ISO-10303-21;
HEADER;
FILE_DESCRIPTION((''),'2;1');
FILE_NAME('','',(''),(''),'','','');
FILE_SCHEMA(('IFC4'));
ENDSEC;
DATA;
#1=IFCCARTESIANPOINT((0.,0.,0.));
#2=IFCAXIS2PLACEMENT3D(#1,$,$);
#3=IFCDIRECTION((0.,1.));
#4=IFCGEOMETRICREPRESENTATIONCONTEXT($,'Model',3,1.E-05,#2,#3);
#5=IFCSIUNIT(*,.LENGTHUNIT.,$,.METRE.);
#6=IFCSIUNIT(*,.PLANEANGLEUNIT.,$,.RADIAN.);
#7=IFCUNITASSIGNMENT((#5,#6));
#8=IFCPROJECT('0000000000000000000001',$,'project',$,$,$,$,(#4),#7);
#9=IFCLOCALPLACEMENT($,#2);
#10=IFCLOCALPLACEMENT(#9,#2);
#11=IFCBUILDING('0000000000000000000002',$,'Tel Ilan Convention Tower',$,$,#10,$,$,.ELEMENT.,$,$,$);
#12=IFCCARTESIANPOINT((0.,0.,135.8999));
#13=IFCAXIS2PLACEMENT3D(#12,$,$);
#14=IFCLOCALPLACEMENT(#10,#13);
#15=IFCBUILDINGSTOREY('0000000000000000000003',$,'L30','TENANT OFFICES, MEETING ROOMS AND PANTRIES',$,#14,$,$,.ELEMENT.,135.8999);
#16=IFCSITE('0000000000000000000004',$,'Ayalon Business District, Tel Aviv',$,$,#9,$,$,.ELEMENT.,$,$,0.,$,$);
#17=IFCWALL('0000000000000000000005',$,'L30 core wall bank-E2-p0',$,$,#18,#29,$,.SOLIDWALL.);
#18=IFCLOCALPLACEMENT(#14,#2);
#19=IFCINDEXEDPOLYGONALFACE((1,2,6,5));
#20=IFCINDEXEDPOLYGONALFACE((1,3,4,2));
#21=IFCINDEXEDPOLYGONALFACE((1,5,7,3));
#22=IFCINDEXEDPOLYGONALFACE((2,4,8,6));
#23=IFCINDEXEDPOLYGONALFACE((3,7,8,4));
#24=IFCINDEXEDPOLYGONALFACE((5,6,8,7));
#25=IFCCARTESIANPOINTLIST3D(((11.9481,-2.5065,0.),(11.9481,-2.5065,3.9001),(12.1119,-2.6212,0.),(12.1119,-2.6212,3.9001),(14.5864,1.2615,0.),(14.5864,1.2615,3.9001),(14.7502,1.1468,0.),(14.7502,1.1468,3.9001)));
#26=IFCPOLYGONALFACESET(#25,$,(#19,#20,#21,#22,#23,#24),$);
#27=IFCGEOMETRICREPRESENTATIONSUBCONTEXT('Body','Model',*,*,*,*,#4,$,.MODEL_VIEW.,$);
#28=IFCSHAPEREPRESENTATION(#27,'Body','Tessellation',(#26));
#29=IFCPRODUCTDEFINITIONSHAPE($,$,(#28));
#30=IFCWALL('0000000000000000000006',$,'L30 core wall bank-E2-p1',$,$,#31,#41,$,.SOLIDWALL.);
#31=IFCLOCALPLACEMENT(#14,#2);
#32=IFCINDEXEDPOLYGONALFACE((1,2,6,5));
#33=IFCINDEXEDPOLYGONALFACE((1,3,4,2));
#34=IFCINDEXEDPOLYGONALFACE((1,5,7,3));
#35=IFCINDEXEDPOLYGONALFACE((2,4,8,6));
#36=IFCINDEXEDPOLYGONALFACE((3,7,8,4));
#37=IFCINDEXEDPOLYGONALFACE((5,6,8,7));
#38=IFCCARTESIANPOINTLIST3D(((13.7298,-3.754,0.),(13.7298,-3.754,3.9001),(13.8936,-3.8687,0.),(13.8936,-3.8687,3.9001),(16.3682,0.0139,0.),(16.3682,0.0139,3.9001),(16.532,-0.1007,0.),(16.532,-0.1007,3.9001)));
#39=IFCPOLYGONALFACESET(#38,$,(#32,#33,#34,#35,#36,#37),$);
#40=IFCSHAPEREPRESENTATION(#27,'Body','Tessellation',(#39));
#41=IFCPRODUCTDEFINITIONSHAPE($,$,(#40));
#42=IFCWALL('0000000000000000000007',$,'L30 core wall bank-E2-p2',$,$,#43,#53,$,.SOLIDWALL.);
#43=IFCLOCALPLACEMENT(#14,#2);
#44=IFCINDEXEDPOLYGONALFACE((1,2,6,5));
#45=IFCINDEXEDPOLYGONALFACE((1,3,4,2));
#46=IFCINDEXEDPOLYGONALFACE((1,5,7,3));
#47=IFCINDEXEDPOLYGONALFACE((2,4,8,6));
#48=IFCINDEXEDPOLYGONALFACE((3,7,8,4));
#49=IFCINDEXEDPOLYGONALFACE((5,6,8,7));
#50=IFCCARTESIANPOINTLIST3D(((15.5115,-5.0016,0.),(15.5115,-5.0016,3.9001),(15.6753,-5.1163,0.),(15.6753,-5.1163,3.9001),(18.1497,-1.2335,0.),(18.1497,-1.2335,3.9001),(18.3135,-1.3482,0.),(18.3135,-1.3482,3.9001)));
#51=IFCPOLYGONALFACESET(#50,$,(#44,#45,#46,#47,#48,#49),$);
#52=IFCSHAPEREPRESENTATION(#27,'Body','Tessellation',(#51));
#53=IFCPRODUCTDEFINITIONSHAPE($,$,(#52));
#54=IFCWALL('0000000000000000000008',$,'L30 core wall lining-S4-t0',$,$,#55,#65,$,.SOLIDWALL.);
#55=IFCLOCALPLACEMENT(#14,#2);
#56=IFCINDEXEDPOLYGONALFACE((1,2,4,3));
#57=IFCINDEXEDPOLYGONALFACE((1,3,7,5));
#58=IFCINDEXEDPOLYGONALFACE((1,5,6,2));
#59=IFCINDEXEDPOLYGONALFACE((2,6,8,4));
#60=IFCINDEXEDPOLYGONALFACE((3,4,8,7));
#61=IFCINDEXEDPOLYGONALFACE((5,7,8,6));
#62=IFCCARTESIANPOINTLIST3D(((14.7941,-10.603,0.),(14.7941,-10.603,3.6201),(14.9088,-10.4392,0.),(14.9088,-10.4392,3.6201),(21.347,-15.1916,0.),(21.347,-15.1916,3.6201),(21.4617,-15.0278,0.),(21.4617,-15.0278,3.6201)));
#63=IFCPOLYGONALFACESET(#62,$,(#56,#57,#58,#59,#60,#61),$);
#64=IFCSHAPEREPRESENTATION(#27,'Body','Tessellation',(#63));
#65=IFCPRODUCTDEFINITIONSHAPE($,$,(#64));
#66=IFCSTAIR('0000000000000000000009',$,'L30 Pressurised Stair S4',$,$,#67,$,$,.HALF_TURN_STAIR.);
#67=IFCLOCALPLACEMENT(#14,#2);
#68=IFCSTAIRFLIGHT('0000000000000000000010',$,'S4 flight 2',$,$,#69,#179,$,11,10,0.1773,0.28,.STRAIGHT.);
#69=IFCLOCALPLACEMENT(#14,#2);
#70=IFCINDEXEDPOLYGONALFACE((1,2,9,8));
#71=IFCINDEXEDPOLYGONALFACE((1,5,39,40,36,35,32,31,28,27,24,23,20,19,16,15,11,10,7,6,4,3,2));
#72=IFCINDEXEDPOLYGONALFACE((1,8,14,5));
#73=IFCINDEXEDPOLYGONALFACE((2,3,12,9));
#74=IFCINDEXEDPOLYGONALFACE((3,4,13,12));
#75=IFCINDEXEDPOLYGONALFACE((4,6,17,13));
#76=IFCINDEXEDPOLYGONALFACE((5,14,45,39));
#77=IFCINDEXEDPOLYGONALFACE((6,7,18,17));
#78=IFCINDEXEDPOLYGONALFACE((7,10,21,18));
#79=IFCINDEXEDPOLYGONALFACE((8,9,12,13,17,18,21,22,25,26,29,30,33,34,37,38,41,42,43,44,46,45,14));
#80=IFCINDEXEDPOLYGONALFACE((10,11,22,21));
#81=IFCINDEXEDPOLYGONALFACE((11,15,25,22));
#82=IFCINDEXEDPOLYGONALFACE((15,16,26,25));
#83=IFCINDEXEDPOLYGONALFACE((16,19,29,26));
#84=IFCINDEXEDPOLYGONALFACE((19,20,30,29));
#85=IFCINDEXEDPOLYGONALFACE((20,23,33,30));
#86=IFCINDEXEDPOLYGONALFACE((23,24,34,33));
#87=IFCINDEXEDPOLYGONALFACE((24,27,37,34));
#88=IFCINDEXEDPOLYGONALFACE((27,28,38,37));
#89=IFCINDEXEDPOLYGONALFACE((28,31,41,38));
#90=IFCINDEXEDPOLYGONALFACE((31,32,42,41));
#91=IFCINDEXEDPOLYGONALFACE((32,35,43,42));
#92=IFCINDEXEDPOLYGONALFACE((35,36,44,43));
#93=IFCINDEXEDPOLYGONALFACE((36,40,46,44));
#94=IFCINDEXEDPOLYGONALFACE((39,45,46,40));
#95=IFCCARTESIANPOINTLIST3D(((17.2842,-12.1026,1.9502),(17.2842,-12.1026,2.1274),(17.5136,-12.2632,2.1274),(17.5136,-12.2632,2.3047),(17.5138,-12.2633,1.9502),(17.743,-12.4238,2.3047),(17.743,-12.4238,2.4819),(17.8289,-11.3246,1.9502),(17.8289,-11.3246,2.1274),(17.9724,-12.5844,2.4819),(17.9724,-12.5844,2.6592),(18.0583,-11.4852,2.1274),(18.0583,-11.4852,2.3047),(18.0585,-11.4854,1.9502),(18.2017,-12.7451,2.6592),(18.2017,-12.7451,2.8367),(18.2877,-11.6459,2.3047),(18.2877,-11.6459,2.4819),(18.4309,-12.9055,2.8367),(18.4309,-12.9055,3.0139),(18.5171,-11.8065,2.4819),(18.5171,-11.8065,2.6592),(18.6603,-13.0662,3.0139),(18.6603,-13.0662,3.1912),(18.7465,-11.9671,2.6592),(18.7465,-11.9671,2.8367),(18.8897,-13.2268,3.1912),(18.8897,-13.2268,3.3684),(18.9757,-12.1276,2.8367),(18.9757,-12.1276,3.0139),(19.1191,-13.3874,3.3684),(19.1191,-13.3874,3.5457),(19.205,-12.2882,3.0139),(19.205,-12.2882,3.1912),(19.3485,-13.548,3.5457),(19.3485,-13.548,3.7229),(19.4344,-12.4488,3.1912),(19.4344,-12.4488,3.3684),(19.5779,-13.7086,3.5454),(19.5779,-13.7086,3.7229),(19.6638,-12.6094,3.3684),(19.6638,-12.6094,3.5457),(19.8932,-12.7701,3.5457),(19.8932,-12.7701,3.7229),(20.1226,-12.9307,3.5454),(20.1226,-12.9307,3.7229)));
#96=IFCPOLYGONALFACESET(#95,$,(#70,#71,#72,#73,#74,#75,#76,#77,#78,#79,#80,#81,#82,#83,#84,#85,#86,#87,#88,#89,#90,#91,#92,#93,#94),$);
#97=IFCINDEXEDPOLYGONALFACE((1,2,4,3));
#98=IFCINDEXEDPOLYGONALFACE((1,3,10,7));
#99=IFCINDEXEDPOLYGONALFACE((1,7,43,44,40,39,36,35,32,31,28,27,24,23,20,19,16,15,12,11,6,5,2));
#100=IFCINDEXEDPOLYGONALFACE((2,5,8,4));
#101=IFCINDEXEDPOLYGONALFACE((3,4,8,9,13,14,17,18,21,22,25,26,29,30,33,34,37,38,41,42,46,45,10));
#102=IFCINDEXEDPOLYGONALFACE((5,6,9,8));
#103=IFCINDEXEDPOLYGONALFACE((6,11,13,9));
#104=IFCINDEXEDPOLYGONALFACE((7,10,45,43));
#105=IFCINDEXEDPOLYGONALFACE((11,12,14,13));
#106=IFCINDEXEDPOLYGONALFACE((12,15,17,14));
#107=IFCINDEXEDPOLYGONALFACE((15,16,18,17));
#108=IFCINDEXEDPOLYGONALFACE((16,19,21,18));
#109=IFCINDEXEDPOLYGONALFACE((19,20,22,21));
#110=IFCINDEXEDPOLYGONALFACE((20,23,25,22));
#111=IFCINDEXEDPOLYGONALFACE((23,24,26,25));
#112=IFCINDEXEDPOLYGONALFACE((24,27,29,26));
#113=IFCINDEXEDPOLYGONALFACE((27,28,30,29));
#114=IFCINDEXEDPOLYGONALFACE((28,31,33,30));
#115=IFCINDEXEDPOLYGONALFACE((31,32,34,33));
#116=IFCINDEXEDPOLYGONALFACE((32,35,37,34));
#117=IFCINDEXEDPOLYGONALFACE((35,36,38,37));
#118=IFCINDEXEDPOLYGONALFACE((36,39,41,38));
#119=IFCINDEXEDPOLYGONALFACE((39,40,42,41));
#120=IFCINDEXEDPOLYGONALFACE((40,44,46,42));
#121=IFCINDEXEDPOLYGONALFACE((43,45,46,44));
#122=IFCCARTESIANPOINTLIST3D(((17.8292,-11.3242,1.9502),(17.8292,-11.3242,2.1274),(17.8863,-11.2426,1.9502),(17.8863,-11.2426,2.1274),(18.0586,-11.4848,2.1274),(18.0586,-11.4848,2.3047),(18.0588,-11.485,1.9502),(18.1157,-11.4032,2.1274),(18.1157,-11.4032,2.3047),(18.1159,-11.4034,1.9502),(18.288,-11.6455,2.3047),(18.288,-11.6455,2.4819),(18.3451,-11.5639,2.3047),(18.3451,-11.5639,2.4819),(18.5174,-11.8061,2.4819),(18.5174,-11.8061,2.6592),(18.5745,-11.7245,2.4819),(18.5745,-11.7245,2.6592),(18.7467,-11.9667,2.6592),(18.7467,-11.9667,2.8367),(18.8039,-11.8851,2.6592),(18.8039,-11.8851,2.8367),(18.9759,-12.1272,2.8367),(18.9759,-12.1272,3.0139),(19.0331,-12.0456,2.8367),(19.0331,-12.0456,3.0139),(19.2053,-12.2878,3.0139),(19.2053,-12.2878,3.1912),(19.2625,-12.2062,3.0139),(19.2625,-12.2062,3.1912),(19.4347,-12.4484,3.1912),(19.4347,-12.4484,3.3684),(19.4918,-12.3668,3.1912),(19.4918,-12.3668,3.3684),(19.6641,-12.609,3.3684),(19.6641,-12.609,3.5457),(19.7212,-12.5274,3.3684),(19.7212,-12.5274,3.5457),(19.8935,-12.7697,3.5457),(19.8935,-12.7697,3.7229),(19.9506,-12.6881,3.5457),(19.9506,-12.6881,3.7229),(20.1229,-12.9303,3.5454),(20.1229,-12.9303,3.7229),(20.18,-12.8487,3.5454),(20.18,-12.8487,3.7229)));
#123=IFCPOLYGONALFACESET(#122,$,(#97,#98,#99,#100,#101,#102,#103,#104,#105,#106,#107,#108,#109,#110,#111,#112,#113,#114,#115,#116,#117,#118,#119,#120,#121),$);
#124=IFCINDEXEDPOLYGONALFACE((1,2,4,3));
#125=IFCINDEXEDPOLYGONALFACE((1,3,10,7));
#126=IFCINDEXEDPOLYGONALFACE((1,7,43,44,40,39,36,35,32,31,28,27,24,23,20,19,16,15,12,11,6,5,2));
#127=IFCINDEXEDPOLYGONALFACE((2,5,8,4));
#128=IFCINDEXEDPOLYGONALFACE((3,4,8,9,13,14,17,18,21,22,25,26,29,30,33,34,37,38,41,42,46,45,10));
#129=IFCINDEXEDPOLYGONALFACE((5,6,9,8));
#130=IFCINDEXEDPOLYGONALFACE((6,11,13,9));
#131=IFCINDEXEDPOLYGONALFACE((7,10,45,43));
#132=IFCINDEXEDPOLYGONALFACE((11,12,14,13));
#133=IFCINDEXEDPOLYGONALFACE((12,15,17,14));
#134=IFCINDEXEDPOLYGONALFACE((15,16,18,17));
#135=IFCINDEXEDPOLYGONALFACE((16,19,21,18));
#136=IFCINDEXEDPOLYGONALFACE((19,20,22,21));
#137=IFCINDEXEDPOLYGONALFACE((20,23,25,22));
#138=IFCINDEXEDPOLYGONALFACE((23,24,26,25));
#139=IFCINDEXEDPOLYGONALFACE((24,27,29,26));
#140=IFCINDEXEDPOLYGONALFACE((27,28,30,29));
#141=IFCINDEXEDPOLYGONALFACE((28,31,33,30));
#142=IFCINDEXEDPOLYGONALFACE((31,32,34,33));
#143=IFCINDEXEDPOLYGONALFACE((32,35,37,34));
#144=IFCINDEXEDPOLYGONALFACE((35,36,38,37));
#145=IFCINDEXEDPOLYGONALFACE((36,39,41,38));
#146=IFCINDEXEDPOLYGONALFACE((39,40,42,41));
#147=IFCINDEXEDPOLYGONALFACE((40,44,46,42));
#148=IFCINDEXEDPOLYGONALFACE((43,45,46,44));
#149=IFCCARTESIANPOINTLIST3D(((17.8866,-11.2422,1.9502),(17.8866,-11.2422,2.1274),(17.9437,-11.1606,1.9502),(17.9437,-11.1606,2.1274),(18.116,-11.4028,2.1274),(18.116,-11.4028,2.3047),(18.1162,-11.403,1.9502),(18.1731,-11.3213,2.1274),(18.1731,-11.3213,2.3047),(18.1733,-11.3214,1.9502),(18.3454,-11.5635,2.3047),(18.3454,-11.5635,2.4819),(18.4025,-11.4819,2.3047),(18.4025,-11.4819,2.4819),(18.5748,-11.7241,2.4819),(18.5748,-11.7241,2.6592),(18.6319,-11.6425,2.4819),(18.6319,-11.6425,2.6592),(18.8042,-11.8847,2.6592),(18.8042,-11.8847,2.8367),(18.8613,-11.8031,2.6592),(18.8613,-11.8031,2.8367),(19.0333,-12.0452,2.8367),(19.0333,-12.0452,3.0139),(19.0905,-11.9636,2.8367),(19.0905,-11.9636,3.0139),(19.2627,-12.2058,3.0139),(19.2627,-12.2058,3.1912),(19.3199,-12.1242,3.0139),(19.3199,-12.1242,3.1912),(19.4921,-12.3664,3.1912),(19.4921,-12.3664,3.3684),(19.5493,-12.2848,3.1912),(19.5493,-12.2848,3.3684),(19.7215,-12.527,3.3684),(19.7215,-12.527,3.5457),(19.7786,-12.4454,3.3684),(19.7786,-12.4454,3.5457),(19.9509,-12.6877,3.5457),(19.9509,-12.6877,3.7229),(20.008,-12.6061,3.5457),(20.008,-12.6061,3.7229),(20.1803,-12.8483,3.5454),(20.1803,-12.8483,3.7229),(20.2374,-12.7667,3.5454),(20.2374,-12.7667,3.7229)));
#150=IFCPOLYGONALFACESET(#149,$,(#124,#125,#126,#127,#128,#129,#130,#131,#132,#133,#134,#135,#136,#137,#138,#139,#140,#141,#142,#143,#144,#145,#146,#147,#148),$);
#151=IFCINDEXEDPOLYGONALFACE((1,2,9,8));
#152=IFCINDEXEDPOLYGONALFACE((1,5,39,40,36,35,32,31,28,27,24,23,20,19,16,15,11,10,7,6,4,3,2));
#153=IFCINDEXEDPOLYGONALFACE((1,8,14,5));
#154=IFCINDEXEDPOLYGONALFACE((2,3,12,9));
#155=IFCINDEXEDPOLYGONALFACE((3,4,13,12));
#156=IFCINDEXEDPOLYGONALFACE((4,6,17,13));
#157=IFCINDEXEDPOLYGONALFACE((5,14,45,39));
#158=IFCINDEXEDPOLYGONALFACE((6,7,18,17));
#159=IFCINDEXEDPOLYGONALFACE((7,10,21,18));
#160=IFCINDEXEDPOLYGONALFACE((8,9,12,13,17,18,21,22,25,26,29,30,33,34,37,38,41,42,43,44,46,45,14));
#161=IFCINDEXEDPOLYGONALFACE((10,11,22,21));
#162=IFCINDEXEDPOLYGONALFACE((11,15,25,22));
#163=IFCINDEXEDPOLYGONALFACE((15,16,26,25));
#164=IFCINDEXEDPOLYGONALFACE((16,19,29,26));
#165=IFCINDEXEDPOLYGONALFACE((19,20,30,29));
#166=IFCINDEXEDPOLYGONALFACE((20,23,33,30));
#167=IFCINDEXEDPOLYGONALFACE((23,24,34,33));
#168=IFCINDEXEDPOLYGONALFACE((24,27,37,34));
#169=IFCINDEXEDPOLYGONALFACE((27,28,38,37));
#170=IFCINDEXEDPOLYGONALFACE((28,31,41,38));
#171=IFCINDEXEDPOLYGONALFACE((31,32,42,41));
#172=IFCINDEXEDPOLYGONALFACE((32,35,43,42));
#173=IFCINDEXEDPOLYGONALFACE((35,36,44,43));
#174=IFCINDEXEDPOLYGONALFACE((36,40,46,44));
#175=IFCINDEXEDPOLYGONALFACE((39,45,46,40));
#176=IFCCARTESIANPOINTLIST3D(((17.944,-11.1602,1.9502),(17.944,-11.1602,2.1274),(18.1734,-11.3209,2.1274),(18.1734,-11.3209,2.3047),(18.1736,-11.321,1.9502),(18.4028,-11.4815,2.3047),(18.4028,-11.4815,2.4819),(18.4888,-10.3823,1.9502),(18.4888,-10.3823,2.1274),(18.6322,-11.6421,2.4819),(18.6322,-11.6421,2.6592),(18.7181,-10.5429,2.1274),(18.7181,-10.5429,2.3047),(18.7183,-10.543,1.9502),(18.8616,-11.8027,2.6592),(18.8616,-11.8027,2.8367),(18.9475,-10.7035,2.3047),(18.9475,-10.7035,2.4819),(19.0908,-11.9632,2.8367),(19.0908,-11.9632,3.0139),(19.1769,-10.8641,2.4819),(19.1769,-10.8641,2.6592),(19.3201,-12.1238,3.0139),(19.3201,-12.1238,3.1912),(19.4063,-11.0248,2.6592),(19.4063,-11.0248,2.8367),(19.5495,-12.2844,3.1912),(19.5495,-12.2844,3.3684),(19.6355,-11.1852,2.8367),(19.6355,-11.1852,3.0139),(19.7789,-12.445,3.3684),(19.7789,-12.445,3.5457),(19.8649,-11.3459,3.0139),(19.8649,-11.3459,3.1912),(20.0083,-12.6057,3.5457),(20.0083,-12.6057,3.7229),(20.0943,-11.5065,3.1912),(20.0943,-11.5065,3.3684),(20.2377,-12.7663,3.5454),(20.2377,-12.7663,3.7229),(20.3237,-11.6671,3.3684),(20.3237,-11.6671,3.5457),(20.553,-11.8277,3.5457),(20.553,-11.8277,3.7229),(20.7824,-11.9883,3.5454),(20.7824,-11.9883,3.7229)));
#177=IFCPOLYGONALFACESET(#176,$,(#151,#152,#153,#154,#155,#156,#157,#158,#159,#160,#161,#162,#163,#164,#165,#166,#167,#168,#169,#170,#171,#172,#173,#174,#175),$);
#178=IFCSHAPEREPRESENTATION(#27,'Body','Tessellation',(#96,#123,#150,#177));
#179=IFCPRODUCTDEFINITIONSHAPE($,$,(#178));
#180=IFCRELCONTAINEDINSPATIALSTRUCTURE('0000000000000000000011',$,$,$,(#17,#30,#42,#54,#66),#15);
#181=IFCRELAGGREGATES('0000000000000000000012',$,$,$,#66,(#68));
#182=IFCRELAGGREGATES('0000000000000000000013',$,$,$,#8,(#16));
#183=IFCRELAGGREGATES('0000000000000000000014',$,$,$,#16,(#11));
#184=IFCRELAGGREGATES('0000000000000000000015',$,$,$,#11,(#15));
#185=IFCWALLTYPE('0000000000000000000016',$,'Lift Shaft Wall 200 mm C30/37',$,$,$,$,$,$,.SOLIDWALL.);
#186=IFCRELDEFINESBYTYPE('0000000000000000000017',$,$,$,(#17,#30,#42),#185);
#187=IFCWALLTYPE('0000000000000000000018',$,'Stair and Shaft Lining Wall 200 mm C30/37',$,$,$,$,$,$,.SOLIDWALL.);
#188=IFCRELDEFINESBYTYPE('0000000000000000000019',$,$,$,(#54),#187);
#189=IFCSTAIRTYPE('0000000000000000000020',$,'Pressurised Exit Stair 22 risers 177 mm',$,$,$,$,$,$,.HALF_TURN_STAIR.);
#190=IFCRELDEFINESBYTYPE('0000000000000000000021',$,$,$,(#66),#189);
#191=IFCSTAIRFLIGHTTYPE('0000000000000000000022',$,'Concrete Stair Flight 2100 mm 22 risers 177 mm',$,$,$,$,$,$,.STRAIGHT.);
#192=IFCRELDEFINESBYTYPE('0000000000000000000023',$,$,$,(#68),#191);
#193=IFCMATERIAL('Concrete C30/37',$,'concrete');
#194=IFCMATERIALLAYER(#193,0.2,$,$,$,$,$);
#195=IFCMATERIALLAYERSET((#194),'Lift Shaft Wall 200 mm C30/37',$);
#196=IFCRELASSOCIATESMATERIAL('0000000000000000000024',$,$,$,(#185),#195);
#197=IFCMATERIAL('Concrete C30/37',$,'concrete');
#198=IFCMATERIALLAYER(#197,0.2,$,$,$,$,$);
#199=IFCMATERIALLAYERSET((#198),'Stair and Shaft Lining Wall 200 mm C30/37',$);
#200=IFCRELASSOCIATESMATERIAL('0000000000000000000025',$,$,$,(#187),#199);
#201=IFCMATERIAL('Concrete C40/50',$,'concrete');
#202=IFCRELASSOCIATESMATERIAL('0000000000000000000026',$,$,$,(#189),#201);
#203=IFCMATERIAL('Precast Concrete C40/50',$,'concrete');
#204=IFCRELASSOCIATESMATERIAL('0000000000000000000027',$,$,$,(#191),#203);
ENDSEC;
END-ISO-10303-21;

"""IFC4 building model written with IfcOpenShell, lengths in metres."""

from ifc_helpers import new_model, si_unit, direction, frame, frame_2d, origin, place, context, subcontext, project, spatial, polyline, rectangle, outline, extrude, material, layer, layer_set, type_object, element, aggregate, save


model = new_model("IFC4")

# Units and contexts
model_context = context("Model", 3, precision=1e-05, world=origin(), true_north=direction((0.0, 1.0)))
body_context = subcontext(model_context, "Body", "Model", "MODEL_VIEW")
ifc_project = project(units=[si_unit("LENGTHUNIT", "METRE"), si_unit("PLANEANGLEUNIT", "RADIAN")], contexts=[model_context])

# Site, building, storey
site_placement = place(None, origin())
site = spatial("IfcSite", under=ifc_project, at=site_placement, Name="Ayalon Business District, Tel Aviv", CompositionType="ELEMENT", RefElevation=0.0)
building_placement = place(site_placement, origin())
building = spatial("IfcBuilding", under=site, at=building_placement, Name="Tel Ilan Convention Tower", CompositionType="ELEMENT")
storey_placement = place(building_placement, frame((0.0, 0.0, 135.8999)))
storey = spatial("IfcBuildingStorey", under=building, at=storey_placement, Name="L30", Description="TENANT OFFICES, MEETING ROOMS AND PANTRIES", CompositionType="ELEMENT", Elevation=135.8999)

# Walls
ifc_material_1 = material(Name="Concrete C30/37", Category="concrete")
ifc_layer_1 = layer(ifc_material_1, 0.2)
ifc_layer_set_1 = layer_set([ifc_layer_1], Name="Lift Shaft Wall 200 mm C30/37")
wall_type_1 = type_object("IfcWallType", Name="Lift Shaft Wall 200 mm C30/37", PredefinedType="SOLIDWALL", material=ifc_layer_set_1)
for number, where, z_axis, x_axis, name in (
    (1, (12.03, -2.5637, 0.0), (0.0, 0.0, 1.0), (0.573576, 0.819152, 0.0), "L30 core wall bank-E2-p0"),
    (2, (13.8118, -3.8113, 0.0), (0.0, 0.0, 1.0), (0.573576, 0.819152, 0.0), "L30 core wall bank-E2-p1"),
    (3, (15.5935, -5.0588, 0.0), (0.0, 0.0, 1.0), (0.573541, 0.819177, 0.0), "L30 core wall bank-E2-p2"),
):
    element("IfcWall", number, at=place(storey_placement, frame(where, z_axis=z_axis, x_axis=x_axis)), inside=storey, type_object=wall_type_1, Name=name, PredefinedType="SOLIDWALL", context=body_context, shape_type="SweptSolid", body=[
        extrude(rectangle(XDim=4.5999, YDim=0.2, at=frame_2d((2.2998, 0.0))), origin(), (0.0, 0.0, 1.0), 3.9001),
    ])
ifc_material_2 = material(Name="Concrete C30/37", Category="concrete")
ifc_layer_2 = layer(ifc_material_2, 0.2)
ifc_layer_set_2 = layer_set([ifc_layer_2], Name="Stair and Shaft Lining Wall 200 mm C30/37")
wall_type_2 = type_object("IfcWallType", Name="Stair and Shaft Lining Wall 200 mm C30/37", PredefinedType="SOLIDWALL", material=ifc_layer_set_2)
wall_1_placement = place(storey_placement, frame((14.8513, -10.521, 0.0), z_axis=(0.0, 0.0, 1.0), x_axis=(0.819142, -0.573591, 0.0)))
element("IfcWall", 4, at=wall_1_placement, inside=storey, type_object=wall_type_2, Name="L30 core wall lining-S4-t0", PredefinedType="SOLIDWALL", context=body_context, shape_type="SweptSolid", body=[
    extrude(rectangle(XDim=7.9998, YDim=0.2, at=frame_2d((4.0, 0.0))), origin(), (0.0, 0.0, 1.0), 3.6201),
])

# Stair, stair flight
ifc_material_3 = material(Name="Concrete C40/50", Category="concrete")
stair_type = type_object("IfcStairType", Name="Pressurised Exit Stair 22 risers 177 mm", PredefinedType="HALF_TURN_STAIR", material=ifc_material_3)
stair_placement = place(storey_placement, origin())
stair = element("IfcStair", 5, at=stair_placement, inside=storey, type_object=stair_type, Name="L30 Pressurised Stair S4", PredefinedType="HALF_TURN_STAIR")
ifc_material_4 = material(Name="Precast Concrete C40/50", Category="concrete")
stair_flight_type = type_object("IfcStairFlightType", Name="Concrete Stair Flight 2100 mm 22 risers 177 mm", PredefinedType="STRAIGHT", material=ifc_material_4)
stair_flight_placement = place(storey_placement, frame((17.8865, -11.2424, 1.9502), z_axis=(0.0, 0.0, 1.0), x_axis=(0.819152, -0.573576, 0.0)))
stair_flight = element("IfcStairFlight", 6, at=stair_flight_placement, type_object=stair_flight_type, Name="S4 flight 2", NumberOfRisers=11, NumberOfTreads=10, PredefinedType="STRAIGHT", RiserHeight=0.1773, TreadLength=0.28, context=body_context, shape_type="SweptSolid", body=[
    extrude(outline(polyline([(0.0, 0.0), (0.0, 0.1772), (0.28, 0.1772), (0.28, 0.3545), (0.5601, 0.3545), (0.5601, 0.5317), (0.8401, 0.5317), (0.8401, 0.709), (1.1201, 0.709), (1.1201, 0.8865), (1.3999, 0.8865), (1.3999, 1.0637), (1.6799, 1.0637), (1.6799, 1.241), (1.96, 1.241), (1.96, 1.4182), (2.24, 1.4182), (2.24, 1.5955), (2.52, 1.5955), (2.52, 1.7727), (2.8, 1.7727), (2.8, 1.95), (2.8, 1.5952), (0.2803, 0.0), (0.0, 0.0)])), frame((0.0, -0.1003, 0.0), z_axis=(0.0, -1.0, 0.0), x_axis=(1.0, 0.0, 0.0)), (0.0, 0.0, 1.0), 0.9497),
    extrude(outline(polyline([(0.0, 0.0), (0.0, 0.1772), (0.28, 0.1772), (0.28, 0.3545), (0.5601, 0.3545), (0.5601, 0.5317), (0.8401, 0.5317), (0.8401, 0.709), (1.1201, 0.709), (1.1201, 0.8865), (1.3999, 0.8865), (1.3999, 1.0637), (1.6799, 1.0637), (1.6799, 1.241), (1.96, 1.241), (1.96, 1.4182), (2.24, 1.4182), (2.24, 1.5955), (2.52, 1.5955), (2.52, 1.7727), (2.8, 1.7727), (2.8, 1.95), (2.8, 1.5952), (0.2803, 0.0), (0.0, 0.0)])), frame((0.0, -0.0002, 0.0), z_axis=(0.0, -1.0, 0.0), x_axis=(1.0, 0.0, 0.0)), (0.0, 0.0, 1.0), 0.0996),
    extrude(outline(polyline([(0.0, 0.0), (0.0, 0.1772), (0.28, 0.1772), (0.28, 0.3545), (0.5601, 0.3545), (0.5601, 0.5317), (0.8401, 0.5317), (0.8401, 0.709), (1.1201, 0.709), (1.1201, 0.8865), (1.3999, 0.8865), (1.3999, 1.0637), (1.6799, 1.0637), (1.6799, 1.241), (1.96, 1.241), (1.96, 1.4182), (2.24, 1.4182), (2.24, 1.5955), (2.52, 1.5955), (2.52, 1.7727), (2.8, 1.7727), (2.8, 1.95), (2.8, 1.5952), (0.2803, 0.0), (0.0, 0.0)])), frame((0.0, 0.0999, 0.0), z_axis=(0.0, -1.0, 0.0), x_axis=(1.0, 0.0, 0.0)), (0.0, 0.0, 1.0), 0.0996),
    extrude(outline(polyline([(0.0, 0.0), (0.0, 0.1772), (0.28, 0.1772), (0.28, 0.3545), (0.5601, 0.3545), (0.5601, 0.5317), (0.8401, 0.5317), (0.8401, 0.709), (1.1201, 0.709), (1.1201, 0.8865), (1.3999, 0.8865), (1.3999, 1.0637), (1.6799, 1.0637), (1.6799, 1.241), (1.96, 1.241), (1.96, 1.4182), (2.24, 1.4182), (2.24, 1.5955), (2.52, 1.5955), (2.52, 1.7727), (2.8, 1.7727), (2.8, 1.95), (2.8, 1.5952), (0.2803, 0.0), (0.0, 0.0)])), frame((0.0, 1.05, 0.0), z_axis=(0.0, -1.0, 0.0), x_axis=(1.0, 0.0, 0.0)), (0.0, 0.0, 1.0), 0.9497),
])
aggregate(stair, [stair_flight])

save(model, "model.ifc")
